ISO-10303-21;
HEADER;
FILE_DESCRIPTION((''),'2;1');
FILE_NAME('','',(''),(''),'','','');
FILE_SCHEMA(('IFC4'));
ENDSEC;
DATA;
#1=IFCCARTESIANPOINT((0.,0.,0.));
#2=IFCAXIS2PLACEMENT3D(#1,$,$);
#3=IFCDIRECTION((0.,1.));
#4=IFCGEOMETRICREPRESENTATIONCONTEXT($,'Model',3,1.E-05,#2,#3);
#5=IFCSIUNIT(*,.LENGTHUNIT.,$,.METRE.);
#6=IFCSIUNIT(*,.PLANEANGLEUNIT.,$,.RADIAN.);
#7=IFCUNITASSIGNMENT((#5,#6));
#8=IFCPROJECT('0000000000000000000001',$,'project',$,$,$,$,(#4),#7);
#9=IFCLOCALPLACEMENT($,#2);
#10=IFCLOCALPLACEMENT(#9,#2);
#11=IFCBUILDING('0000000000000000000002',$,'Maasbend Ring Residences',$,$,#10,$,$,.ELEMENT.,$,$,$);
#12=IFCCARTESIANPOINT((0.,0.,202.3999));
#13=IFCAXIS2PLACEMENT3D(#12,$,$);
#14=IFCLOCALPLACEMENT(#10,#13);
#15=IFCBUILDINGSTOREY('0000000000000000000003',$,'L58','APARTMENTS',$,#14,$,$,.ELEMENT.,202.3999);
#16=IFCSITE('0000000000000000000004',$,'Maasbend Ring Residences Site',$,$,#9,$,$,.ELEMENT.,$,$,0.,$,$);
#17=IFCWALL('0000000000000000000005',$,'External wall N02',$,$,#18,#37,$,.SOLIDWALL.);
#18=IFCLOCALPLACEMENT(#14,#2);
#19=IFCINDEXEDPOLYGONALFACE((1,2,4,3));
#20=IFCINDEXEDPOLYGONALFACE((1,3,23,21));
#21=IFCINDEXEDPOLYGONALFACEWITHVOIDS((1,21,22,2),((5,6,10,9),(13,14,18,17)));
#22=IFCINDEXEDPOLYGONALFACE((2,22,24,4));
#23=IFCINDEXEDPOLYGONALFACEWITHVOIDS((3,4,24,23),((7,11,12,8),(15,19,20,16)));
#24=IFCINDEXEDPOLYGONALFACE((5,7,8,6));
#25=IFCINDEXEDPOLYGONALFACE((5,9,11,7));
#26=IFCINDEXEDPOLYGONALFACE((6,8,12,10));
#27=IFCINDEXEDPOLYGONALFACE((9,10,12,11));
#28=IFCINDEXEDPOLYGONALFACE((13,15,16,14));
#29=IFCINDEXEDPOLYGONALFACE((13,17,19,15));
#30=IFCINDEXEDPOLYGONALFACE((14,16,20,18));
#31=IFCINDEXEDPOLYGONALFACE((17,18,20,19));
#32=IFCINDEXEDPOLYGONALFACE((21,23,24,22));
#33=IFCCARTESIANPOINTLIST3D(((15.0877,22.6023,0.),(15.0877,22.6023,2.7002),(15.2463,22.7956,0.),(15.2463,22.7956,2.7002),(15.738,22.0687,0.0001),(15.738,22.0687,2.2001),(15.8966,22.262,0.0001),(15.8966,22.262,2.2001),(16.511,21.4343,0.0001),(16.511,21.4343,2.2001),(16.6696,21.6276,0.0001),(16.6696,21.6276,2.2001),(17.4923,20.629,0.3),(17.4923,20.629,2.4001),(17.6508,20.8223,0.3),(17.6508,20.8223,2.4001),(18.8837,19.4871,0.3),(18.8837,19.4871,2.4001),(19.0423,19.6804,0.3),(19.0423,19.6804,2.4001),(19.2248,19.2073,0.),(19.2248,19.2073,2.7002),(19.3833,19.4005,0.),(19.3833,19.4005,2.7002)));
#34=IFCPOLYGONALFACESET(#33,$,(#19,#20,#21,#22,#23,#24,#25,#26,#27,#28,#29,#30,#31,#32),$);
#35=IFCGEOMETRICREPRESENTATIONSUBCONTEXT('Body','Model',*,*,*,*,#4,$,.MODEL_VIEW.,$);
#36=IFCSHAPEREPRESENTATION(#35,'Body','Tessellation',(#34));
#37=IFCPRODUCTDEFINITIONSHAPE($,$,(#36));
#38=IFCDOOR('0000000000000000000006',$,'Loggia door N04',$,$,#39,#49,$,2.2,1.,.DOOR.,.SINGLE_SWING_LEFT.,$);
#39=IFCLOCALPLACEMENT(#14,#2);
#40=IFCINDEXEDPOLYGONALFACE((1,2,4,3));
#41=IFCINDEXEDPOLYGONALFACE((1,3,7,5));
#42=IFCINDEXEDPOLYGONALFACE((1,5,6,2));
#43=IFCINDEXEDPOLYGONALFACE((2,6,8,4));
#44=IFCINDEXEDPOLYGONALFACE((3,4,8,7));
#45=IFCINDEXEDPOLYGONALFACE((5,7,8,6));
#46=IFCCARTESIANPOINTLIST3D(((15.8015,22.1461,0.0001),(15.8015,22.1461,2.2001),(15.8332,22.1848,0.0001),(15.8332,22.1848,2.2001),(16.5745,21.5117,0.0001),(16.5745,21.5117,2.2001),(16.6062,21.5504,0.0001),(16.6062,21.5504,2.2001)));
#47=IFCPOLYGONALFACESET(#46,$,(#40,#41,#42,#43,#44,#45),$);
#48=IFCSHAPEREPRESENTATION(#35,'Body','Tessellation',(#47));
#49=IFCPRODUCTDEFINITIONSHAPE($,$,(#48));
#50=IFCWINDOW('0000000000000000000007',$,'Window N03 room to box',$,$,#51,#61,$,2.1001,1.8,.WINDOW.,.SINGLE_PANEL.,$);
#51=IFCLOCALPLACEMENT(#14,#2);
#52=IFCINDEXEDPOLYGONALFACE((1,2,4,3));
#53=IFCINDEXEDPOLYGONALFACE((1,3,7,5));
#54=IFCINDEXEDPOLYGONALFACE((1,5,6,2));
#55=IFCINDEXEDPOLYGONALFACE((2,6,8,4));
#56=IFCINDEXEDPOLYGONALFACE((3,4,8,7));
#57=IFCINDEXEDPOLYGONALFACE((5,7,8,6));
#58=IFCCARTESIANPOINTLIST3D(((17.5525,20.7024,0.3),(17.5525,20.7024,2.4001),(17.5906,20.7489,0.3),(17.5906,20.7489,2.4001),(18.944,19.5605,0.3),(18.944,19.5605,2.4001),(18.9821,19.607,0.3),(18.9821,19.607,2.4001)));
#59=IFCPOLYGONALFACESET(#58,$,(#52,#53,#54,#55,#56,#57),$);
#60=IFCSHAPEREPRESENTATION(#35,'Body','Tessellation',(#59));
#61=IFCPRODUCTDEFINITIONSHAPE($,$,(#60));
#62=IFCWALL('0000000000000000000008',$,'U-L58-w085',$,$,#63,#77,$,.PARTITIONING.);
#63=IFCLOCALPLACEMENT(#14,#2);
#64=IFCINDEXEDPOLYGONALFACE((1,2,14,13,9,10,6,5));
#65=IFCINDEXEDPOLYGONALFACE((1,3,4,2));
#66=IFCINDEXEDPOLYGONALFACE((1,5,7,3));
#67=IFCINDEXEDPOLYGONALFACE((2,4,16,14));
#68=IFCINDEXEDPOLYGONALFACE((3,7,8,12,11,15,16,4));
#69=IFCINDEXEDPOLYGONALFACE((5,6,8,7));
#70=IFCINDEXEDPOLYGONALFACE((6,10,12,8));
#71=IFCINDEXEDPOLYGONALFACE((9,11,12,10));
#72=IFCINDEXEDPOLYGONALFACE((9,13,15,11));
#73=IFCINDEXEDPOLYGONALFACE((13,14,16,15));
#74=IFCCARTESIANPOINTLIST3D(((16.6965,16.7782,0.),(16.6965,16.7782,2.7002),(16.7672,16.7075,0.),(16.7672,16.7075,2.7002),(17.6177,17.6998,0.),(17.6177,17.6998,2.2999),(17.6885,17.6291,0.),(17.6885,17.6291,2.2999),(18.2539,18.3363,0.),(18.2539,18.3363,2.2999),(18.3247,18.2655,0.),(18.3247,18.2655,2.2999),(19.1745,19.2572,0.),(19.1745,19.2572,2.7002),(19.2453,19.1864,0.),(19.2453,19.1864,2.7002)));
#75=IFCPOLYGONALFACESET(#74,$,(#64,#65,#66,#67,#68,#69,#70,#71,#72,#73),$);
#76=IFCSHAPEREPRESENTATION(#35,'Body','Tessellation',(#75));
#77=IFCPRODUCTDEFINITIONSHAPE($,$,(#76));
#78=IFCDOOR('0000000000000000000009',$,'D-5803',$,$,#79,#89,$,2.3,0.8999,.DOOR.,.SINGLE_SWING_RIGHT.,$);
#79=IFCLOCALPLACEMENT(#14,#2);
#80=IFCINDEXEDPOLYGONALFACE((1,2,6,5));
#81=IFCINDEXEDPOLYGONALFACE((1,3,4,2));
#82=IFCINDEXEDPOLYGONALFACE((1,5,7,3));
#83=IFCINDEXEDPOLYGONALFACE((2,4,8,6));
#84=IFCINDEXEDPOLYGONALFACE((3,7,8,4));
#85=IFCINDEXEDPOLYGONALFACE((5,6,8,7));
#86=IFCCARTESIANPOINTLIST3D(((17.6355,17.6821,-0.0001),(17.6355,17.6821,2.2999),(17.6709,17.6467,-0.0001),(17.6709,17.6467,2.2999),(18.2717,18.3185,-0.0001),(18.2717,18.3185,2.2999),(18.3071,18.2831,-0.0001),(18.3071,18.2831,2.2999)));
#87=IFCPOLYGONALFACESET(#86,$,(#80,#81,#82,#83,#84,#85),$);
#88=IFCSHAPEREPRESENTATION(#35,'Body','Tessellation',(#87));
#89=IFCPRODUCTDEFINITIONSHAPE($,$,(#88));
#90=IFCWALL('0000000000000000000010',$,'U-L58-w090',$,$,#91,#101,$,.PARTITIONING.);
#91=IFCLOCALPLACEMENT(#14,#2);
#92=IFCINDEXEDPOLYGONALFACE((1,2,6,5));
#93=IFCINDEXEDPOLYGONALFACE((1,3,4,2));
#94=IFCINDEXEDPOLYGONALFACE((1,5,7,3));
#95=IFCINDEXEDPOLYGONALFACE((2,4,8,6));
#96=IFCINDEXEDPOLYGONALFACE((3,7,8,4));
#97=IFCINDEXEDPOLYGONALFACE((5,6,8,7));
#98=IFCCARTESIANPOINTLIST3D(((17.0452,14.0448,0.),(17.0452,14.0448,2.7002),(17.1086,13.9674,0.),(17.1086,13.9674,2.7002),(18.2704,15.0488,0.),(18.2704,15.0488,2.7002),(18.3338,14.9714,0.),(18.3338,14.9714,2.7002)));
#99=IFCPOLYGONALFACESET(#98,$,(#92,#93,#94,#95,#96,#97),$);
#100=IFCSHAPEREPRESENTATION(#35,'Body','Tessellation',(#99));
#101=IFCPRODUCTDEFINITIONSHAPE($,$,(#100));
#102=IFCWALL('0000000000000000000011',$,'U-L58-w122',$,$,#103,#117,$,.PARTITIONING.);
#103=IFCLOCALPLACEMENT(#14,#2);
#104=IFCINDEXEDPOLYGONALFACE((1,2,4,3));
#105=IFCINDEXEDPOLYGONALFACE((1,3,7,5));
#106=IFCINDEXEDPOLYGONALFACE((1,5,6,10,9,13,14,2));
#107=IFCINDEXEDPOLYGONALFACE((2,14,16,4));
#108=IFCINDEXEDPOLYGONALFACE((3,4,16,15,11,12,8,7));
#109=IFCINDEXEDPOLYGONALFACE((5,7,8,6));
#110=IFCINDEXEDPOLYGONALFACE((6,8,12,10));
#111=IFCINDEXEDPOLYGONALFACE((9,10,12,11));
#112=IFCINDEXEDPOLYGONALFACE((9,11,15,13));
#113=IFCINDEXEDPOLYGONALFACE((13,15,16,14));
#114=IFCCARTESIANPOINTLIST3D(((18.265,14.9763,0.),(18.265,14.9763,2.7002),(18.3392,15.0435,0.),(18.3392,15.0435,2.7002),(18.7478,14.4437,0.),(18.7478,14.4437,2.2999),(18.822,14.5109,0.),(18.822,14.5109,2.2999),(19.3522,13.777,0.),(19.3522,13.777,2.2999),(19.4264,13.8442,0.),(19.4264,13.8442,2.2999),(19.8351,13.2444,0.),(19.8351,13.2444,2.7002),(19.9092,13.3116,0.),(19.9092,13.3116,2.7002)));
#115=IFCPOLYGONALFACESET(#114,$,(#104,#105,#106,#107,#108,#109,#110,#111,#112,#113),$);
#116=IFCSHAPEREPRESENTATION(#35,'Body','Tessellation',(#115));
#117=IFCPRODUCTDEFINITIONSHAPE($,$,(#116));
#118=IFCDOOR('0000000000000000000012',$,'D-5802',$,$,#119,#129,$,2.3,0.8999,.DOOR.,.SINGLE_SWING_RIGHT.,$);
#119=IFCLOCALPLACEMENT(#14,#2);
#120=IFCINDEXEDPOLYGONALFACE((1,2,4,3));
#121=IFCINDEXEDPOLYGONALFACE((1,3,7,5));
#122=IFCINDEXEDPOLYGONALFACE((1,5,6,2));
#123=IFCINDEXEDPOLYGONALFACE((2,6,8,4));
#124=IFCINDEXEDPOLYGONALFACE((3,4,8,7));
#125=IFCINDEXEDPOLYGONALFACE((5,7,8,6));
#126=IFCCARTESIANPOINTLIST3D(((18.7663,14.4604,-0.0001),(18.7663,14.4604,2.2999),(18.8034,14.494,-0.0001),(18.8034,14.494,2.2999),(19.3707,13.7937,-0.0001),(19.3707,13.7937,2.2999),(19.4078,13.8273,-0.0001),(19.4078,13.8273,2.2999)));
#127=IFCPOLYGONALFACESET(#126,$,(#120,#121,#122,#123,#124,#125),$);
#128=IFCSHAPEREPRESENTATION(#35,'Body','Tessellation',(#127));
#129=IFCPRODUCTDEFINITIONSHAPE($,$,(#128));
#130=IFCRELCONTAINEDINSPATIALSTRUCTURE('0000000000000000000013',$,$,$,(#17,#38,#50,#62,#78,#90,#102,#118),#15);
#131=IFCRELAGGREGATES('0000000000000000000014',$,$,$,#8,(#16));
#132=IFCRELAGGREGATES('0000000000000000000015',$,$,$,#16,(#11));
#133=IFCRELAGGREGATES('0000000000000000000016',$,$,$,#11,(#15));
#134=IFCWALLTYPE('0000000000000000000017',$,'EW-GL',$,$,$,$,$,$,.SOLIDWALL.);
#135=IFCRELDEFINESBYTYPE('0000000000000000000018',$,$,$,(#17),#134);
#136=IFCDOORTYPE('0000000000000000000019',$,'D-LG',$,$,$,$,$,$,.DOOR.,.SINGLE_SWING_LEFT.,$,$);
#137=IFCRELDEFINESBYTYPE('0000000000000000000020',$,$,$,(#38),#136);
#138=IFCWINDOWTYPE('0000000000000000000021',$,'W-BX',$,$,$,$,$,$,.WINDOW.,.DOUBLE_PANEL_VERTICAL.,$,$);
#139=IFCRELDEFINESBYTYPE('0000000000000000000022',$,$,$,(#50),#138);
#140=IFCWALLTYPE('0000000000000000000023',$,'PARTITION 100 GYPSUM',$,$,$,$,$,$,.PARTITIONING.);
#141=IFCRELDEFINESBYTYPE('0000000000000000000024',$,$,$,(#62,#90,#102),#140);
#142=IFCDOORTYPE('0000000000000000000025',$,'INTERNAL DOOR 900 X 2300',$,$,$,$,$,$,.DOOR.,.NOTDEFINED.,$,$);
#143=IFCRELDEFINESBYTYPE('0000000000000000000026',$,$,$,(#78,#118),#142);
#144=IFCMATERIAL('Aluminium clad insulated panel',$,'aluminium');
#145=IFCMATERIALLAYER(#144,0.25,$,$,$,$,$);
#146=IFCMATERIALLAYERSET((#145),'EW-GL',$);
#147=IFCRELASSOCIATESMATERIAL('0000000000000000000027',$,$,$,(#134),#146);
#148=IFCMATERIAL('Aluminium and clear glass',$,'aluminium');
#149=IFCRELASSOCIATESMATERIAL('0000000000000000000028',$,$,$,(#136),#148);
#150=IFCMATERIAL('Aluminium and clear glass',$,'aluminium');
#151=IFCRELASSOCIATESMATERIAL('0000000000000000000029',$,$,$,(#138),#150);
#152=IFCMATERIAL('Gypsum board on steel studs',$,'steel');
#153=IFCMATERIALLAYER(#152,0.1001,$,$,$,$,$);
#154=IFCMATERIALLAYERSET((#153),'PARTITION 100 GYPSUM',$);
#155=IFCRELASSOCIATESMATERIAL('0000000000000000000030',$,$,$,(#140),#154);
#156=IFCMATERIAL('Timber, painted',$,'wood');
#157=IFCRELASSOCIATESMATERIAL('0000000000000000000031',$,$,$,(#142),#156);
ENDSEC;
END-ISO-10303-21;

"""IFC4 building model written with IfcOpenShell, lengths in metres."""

from ifc_helpers import new_model, si_unit, direction, frame, frame_2d, origin, place, context, subcontext, project, spatial, rectangle, extrude, material, layer, layer_set, type_object, element, fill, save


model = new_model("IFC4")

# Units and contexts
model_context = context("Model", 3, precision=1e-05, world=origin(), true_north=direction((0.0, 1.0)))
body_context = subcontext(model_context, "Body", "Model", "MODEL_VIEW")
ifc_project = project(units=[si_unit("LENGTHUNIT", "METRE"), si_unit("PLANEANGLEUNIT", "RADIAN")], contexts=[model_context])

# Site, building, storey
site_placement = place(None, origin())
site = spatial("IfcSite", under=ifc_project, at=site_placement, Name="Maasbend Ring Residences Site", CompositionType="ELEMENT", RefElevation=0.0)
building_placement = place(site_placement, origin())
building = spatial("IfcBuilding", under=site, at=building_placement, Name="Maasbend Ring Residences", CompositionType="ELEMENT")
storey_placement = place(building_placement, frame((0.0, 0.0, 202.3999)))
storey = spatial("IfcBuildingStorey", under=building, at=storey_placement, Name="L58", Description="APARTMENTS", CompositionType="ELEMENT", Elevation=202.3999)

# Wall, openings, door, window
ifc_material_1 = material(Name="Aluminium clad insulated panel", Category="aluminium")
ifc_layer_1 = layer(ifc_material_1, 0.25)
ifc_layer_set_1 = layer_set([ifc_layer_1], Name="EW-GL")
wall_type_1 = type_object("IfcWallType", Name="EW-GL", PredefinedType="SOLIDWALL", material=ifc_layer_set_1)
ifc_material_2 = material(Name="Aluminium and clear glass", Category="aluminium")
door_type_1 = type_object("IfcDoorType", Name="D-LG", OperationType="SINGLE_SWING_LEFT", PredefinedType="DOOR", material=ifc_material_2)
ifc_material_3 = material(Name="Aluminium and clear glass", Category="aluminium")
window_type_1 = type_object("IfcWindowType", Name="W-BX", PartitioningType="DOUBLE_PANEL_VERTICAL", PredefinedType="WINDOW", material=ifc_material_3)
wall_1_placement = place(storey_placement, frame((19.304, 19.304, 0.0), z_axis=(0.0, 0.0, 1.0), x_axis=(-0.773019, 0.634382, 0.0)))
wall_1 = element("IfcWall", 1, at=wall_1_placement, inside=storey, type_object=wall_type_1, Name="External wall N02", PredefinedType="SOLIDWALL", context=body_context, shape_type="SweptSolid", body=[
    extrude(rectangle(XDim=5.3518, YDim=0.25, at=frame_2d((2.6758, 0.0))), origin(), (0.0, 0.0, 1.0), 2.7002),
])
opening_1_placement = place(wall_1_placement, frame((0.4412, 0.0, 0.3)))
opening_1 = element("IfcOpeningElement", 2, at=opening_1_placement, cuts=wall_1, PredefinedType="OPENING", context=body_context, shape_type="SweptSolid", body=[
    extrude(rectangle(XDim=1.8, YDim=2.1001, at=frame_2d((0.8999, 1.05))), frame((0.0, 0.135, 0.0), z_axis=(0.0, -1.0, 0.0), x_axis=(1.0, 0.0, 0.0)), (0.0, 0.0, 1.0), 0.27),
])
opening_2_placement = place(wall_1_placement, frame((3.5105, 0.0, 0.0)))
opening_2 = element("IfcOpeningElement", 3, at=opening_2_placement, cuts=wall_1, PredefinedType="OPENING", context=body_context, shape_type="SweptSolid", body=[
    extrude(rectangle(XDim=1.0, YDim=2.2, at=frame_2d((0.5, 1.1001))), frame((0.0, 0.135, 0.0), z_axis=(0.0, -1.0, 0.0), x_axis=(1.0, 0.0, 0.0)), (0.0, 0.0, 1.0), 0.27),
])
door_1_placement = place(opening_2_placement, origin())
door_1 = element("IfcDoor", 4, at=door_1_placement, inside=storey, type_object=door_type_1, Name="Loggia door N04", OperationType="SINGLE_SWING_LEFT", OverallHeight=2.2, OverallWidth=1.0, PredefinedType="DOOR", context=body_context, shape_type="SweptSolid", body=[
    extrude(rectangle(XDim=1.0, YDim=2.2, at=frame_2d((0.5, 1.1001))), frame((0.0, 0.0249, 0.0), z_axis=(0.0, -1.0, 0.0), x_axis=(1.0, 0.0, 0.0)), (0.0, 0.0, 1.0), 0.05),
])
fill(opening_2, door_1)
window_1_placement = place(opening_1_placement, origin())
window_1 = element("IfcWindow", 5, at=window_1_placement, inside=storey, type_object=window_type_1, Name="Window N03 room to box", OverallHeight=2.1001, OverallWidth=1.8, PartitioningType="SINGLE_PANEL", PredefinedType="WINDOW", context=body_context, shape_type="SweptSolid", body=[
    extrude(rectangle(XDim=1.8, YDim=2.1001, at=frame_2d((0.8999, 1.05))), frame((0.0, 0.03, 0.0), z_axis=(0.0, -1.0, 0.0), x_axis=(1.0, 0.0, 0.0)), (0.0, 0.0, 1.0), 0.0601),
])
fill(opening_1, window_1)

# Wall, opening, door
ifc_material_4 = material(Name="Gypsum board on steel studs", Category="steel")
ifc_layer_2 = layer(ifc_material_4, 0.1001)
ifc_layer_set_2 = layer_set([ifc_layer_2], Name="PARTITION 100 GYPSUM")
wall_type_2 = type_object("IfcWallType", Name="PARTITION 100 GYPSUM", PredefinedType="PARTITIONING", material=ifc_layer_set_2)
wall_2_placement = place(storey_placement, frame((16.7319, 16.7429, 0.0), z_axis=(0.0, 0.0, 1.0), x_axis=(0.706967, 0.707246, 0.0)))
wall_2 = element("IfcWall", 6, at=wall_2_placement, inside=storey, type_object=wall_type_2, Name="U-L58-w085", PredefinedType="PARTITIONING", context=body_context, shape_type="SweptSolid", body=[
    extrude(rectangle(XDim=3.5051, YDim=0.1001, at=frame_2d((1.7524, 0.0))), origin(), (0.0, 0.0, 1.0), 2.7002),
])
opening_3_placement = place(wall_2_placement, frame((1.303, 0.0, 0.0)))
opening_3 = element("IfcOpeningElement", 7, at=opening_3_placement, cuts=wall_2, PredefinedType="OPENING", context=body_context, shape_type="SweptSolid", body=[
    extrude(rectangle(XDim=0.8999, YDim=2.3, at=frame_2d((0.45, 1.1499))), frame((0.0, 0.0601, 0.0), z_axis=(0.0, -1.0, 0.0), x_axis=(1.0, 0.0, 0.0)), (0.0, 0.0, 1.0), 0.1201),
])
ifc_material_5 = material(Name="Timber, painted", Category="wood")
door_type_2 = type_object("IfcDoorType", Name="INTERNAL DOOR 900 X 2300", OperationType="NOTDEFINED", PredefinedType="DOOR", material=ifc_material_5)
door_2_placement = place(opening_3_placement, origin())
door_2 = element("IfcDoor", 8, at=door_2_placement, inside=storey, type_object=door_type_2, Name="D-5803", OperationType="SINGLE_SWING_RIGHT", OverallHeight=2.3, OverallWidth=0.8999, PredefinedType="DOOR", context=body_context, shape_type="SweptSolid", body=[
    extrude(rectangle(XDim=0.8999, YDim=2.3, at=frame_2d((0.45, 1.1499))), frame((0.0, 0.0249, 0.0), z_axis=(0.0, -1.0, 0.0), x_axis=(1.0, 0.0, 0.0)), (0.0, 0.0, 1.0), 0.05),
])
fill(opening_3, door_2)

# Wall
wall_3_placement = place(storey_placement, frame((17.0769, 14.0061, 0.0), z_axis=(0.0, 0.0, 1.0), x_axis=(0.773476, 0.633825, 0.0)))
element("IfcWall", 9, at=wall_3_placement, inside=storey, type_object=wall_type_2, Name="U-L58-w090", PredefinedType="PARTITIONING", context=body_context, shape_type="SweptSolid", body=[
    extrude(rectangle(XDim=1.584, YDim=0.1001, at=frame_2d((0.792, 0.0))), origin(), (0.0, 0.0, 1.0), 2.7002),
])

# Wall, opening, door
wall_4_placement = place(storey_placement, frame((18.302, 15.01, 0.0), z_axis=(0.0, 0.0, 1.0), x_axis=(0.671638, -0.74088, 0.0)))
wall_4 = element("IfcWall", 10, at=wall_4_placement, inside=storey, type_object=wall_type_2, Name="U-L58-w122", PredefinedType="PARTITIONING", context=body_context, shape_type="SweptSolid", body=[
    extrude(rectangle(XDim=2.3376, YDim=0.1001, at=frame_2d((1.1689, 0.0))), origin(), (0.0, 0.0, 1.0), 2.7002),
])
opening_4_placement = place(wall_4_placement, frame((0.719, 0.0, 0.0)))
opening_4 = element("IfcOpeningElement", 11, at=opening_4_placement, cuts=wall_4, PredefinedType="OPENING", context=body_context, shape_type="SweptSolid", body=[
    extrude(rectangle(XDim=0.8999, YDim=2.3, at=frame_2d((0.45, 1.1499))), frame((0.0, 0.0601, 0.0), z_axis=(0.0, -1.0, 0.0), x_axis=(1.0, 0.0, 0.0)), (0.0, 0.0, 1.0), 0.1201),
])
door_3_placement = place(opening_4_placement, origin())
door_3 = element("IfcDoor", 12, at=door_3_placement, inside=storey, type_object=door_type_2, Name="D-5802", OperationType="SINGLE_SWING_RIGHT", OverallHeight=2.3, OverallWidth=0.8999, PredefinedType="DOOR", context=body_context, shape_type="SweptSolid", body=[
    extrude(rectangle(XDim=0.8999, YDim=2.3, at=frame_2d((0.45, 1.1499))), frame((0.0, 0.0249, 0.0), z_axis=(0.0, -1.0, 0.0), x_axis=(1.0, 0.0, 0.0)), (0.0, 0.0, 1.0), 0.05),
])
fill(opening_4, door_3)

save(model, "model.ifc")
